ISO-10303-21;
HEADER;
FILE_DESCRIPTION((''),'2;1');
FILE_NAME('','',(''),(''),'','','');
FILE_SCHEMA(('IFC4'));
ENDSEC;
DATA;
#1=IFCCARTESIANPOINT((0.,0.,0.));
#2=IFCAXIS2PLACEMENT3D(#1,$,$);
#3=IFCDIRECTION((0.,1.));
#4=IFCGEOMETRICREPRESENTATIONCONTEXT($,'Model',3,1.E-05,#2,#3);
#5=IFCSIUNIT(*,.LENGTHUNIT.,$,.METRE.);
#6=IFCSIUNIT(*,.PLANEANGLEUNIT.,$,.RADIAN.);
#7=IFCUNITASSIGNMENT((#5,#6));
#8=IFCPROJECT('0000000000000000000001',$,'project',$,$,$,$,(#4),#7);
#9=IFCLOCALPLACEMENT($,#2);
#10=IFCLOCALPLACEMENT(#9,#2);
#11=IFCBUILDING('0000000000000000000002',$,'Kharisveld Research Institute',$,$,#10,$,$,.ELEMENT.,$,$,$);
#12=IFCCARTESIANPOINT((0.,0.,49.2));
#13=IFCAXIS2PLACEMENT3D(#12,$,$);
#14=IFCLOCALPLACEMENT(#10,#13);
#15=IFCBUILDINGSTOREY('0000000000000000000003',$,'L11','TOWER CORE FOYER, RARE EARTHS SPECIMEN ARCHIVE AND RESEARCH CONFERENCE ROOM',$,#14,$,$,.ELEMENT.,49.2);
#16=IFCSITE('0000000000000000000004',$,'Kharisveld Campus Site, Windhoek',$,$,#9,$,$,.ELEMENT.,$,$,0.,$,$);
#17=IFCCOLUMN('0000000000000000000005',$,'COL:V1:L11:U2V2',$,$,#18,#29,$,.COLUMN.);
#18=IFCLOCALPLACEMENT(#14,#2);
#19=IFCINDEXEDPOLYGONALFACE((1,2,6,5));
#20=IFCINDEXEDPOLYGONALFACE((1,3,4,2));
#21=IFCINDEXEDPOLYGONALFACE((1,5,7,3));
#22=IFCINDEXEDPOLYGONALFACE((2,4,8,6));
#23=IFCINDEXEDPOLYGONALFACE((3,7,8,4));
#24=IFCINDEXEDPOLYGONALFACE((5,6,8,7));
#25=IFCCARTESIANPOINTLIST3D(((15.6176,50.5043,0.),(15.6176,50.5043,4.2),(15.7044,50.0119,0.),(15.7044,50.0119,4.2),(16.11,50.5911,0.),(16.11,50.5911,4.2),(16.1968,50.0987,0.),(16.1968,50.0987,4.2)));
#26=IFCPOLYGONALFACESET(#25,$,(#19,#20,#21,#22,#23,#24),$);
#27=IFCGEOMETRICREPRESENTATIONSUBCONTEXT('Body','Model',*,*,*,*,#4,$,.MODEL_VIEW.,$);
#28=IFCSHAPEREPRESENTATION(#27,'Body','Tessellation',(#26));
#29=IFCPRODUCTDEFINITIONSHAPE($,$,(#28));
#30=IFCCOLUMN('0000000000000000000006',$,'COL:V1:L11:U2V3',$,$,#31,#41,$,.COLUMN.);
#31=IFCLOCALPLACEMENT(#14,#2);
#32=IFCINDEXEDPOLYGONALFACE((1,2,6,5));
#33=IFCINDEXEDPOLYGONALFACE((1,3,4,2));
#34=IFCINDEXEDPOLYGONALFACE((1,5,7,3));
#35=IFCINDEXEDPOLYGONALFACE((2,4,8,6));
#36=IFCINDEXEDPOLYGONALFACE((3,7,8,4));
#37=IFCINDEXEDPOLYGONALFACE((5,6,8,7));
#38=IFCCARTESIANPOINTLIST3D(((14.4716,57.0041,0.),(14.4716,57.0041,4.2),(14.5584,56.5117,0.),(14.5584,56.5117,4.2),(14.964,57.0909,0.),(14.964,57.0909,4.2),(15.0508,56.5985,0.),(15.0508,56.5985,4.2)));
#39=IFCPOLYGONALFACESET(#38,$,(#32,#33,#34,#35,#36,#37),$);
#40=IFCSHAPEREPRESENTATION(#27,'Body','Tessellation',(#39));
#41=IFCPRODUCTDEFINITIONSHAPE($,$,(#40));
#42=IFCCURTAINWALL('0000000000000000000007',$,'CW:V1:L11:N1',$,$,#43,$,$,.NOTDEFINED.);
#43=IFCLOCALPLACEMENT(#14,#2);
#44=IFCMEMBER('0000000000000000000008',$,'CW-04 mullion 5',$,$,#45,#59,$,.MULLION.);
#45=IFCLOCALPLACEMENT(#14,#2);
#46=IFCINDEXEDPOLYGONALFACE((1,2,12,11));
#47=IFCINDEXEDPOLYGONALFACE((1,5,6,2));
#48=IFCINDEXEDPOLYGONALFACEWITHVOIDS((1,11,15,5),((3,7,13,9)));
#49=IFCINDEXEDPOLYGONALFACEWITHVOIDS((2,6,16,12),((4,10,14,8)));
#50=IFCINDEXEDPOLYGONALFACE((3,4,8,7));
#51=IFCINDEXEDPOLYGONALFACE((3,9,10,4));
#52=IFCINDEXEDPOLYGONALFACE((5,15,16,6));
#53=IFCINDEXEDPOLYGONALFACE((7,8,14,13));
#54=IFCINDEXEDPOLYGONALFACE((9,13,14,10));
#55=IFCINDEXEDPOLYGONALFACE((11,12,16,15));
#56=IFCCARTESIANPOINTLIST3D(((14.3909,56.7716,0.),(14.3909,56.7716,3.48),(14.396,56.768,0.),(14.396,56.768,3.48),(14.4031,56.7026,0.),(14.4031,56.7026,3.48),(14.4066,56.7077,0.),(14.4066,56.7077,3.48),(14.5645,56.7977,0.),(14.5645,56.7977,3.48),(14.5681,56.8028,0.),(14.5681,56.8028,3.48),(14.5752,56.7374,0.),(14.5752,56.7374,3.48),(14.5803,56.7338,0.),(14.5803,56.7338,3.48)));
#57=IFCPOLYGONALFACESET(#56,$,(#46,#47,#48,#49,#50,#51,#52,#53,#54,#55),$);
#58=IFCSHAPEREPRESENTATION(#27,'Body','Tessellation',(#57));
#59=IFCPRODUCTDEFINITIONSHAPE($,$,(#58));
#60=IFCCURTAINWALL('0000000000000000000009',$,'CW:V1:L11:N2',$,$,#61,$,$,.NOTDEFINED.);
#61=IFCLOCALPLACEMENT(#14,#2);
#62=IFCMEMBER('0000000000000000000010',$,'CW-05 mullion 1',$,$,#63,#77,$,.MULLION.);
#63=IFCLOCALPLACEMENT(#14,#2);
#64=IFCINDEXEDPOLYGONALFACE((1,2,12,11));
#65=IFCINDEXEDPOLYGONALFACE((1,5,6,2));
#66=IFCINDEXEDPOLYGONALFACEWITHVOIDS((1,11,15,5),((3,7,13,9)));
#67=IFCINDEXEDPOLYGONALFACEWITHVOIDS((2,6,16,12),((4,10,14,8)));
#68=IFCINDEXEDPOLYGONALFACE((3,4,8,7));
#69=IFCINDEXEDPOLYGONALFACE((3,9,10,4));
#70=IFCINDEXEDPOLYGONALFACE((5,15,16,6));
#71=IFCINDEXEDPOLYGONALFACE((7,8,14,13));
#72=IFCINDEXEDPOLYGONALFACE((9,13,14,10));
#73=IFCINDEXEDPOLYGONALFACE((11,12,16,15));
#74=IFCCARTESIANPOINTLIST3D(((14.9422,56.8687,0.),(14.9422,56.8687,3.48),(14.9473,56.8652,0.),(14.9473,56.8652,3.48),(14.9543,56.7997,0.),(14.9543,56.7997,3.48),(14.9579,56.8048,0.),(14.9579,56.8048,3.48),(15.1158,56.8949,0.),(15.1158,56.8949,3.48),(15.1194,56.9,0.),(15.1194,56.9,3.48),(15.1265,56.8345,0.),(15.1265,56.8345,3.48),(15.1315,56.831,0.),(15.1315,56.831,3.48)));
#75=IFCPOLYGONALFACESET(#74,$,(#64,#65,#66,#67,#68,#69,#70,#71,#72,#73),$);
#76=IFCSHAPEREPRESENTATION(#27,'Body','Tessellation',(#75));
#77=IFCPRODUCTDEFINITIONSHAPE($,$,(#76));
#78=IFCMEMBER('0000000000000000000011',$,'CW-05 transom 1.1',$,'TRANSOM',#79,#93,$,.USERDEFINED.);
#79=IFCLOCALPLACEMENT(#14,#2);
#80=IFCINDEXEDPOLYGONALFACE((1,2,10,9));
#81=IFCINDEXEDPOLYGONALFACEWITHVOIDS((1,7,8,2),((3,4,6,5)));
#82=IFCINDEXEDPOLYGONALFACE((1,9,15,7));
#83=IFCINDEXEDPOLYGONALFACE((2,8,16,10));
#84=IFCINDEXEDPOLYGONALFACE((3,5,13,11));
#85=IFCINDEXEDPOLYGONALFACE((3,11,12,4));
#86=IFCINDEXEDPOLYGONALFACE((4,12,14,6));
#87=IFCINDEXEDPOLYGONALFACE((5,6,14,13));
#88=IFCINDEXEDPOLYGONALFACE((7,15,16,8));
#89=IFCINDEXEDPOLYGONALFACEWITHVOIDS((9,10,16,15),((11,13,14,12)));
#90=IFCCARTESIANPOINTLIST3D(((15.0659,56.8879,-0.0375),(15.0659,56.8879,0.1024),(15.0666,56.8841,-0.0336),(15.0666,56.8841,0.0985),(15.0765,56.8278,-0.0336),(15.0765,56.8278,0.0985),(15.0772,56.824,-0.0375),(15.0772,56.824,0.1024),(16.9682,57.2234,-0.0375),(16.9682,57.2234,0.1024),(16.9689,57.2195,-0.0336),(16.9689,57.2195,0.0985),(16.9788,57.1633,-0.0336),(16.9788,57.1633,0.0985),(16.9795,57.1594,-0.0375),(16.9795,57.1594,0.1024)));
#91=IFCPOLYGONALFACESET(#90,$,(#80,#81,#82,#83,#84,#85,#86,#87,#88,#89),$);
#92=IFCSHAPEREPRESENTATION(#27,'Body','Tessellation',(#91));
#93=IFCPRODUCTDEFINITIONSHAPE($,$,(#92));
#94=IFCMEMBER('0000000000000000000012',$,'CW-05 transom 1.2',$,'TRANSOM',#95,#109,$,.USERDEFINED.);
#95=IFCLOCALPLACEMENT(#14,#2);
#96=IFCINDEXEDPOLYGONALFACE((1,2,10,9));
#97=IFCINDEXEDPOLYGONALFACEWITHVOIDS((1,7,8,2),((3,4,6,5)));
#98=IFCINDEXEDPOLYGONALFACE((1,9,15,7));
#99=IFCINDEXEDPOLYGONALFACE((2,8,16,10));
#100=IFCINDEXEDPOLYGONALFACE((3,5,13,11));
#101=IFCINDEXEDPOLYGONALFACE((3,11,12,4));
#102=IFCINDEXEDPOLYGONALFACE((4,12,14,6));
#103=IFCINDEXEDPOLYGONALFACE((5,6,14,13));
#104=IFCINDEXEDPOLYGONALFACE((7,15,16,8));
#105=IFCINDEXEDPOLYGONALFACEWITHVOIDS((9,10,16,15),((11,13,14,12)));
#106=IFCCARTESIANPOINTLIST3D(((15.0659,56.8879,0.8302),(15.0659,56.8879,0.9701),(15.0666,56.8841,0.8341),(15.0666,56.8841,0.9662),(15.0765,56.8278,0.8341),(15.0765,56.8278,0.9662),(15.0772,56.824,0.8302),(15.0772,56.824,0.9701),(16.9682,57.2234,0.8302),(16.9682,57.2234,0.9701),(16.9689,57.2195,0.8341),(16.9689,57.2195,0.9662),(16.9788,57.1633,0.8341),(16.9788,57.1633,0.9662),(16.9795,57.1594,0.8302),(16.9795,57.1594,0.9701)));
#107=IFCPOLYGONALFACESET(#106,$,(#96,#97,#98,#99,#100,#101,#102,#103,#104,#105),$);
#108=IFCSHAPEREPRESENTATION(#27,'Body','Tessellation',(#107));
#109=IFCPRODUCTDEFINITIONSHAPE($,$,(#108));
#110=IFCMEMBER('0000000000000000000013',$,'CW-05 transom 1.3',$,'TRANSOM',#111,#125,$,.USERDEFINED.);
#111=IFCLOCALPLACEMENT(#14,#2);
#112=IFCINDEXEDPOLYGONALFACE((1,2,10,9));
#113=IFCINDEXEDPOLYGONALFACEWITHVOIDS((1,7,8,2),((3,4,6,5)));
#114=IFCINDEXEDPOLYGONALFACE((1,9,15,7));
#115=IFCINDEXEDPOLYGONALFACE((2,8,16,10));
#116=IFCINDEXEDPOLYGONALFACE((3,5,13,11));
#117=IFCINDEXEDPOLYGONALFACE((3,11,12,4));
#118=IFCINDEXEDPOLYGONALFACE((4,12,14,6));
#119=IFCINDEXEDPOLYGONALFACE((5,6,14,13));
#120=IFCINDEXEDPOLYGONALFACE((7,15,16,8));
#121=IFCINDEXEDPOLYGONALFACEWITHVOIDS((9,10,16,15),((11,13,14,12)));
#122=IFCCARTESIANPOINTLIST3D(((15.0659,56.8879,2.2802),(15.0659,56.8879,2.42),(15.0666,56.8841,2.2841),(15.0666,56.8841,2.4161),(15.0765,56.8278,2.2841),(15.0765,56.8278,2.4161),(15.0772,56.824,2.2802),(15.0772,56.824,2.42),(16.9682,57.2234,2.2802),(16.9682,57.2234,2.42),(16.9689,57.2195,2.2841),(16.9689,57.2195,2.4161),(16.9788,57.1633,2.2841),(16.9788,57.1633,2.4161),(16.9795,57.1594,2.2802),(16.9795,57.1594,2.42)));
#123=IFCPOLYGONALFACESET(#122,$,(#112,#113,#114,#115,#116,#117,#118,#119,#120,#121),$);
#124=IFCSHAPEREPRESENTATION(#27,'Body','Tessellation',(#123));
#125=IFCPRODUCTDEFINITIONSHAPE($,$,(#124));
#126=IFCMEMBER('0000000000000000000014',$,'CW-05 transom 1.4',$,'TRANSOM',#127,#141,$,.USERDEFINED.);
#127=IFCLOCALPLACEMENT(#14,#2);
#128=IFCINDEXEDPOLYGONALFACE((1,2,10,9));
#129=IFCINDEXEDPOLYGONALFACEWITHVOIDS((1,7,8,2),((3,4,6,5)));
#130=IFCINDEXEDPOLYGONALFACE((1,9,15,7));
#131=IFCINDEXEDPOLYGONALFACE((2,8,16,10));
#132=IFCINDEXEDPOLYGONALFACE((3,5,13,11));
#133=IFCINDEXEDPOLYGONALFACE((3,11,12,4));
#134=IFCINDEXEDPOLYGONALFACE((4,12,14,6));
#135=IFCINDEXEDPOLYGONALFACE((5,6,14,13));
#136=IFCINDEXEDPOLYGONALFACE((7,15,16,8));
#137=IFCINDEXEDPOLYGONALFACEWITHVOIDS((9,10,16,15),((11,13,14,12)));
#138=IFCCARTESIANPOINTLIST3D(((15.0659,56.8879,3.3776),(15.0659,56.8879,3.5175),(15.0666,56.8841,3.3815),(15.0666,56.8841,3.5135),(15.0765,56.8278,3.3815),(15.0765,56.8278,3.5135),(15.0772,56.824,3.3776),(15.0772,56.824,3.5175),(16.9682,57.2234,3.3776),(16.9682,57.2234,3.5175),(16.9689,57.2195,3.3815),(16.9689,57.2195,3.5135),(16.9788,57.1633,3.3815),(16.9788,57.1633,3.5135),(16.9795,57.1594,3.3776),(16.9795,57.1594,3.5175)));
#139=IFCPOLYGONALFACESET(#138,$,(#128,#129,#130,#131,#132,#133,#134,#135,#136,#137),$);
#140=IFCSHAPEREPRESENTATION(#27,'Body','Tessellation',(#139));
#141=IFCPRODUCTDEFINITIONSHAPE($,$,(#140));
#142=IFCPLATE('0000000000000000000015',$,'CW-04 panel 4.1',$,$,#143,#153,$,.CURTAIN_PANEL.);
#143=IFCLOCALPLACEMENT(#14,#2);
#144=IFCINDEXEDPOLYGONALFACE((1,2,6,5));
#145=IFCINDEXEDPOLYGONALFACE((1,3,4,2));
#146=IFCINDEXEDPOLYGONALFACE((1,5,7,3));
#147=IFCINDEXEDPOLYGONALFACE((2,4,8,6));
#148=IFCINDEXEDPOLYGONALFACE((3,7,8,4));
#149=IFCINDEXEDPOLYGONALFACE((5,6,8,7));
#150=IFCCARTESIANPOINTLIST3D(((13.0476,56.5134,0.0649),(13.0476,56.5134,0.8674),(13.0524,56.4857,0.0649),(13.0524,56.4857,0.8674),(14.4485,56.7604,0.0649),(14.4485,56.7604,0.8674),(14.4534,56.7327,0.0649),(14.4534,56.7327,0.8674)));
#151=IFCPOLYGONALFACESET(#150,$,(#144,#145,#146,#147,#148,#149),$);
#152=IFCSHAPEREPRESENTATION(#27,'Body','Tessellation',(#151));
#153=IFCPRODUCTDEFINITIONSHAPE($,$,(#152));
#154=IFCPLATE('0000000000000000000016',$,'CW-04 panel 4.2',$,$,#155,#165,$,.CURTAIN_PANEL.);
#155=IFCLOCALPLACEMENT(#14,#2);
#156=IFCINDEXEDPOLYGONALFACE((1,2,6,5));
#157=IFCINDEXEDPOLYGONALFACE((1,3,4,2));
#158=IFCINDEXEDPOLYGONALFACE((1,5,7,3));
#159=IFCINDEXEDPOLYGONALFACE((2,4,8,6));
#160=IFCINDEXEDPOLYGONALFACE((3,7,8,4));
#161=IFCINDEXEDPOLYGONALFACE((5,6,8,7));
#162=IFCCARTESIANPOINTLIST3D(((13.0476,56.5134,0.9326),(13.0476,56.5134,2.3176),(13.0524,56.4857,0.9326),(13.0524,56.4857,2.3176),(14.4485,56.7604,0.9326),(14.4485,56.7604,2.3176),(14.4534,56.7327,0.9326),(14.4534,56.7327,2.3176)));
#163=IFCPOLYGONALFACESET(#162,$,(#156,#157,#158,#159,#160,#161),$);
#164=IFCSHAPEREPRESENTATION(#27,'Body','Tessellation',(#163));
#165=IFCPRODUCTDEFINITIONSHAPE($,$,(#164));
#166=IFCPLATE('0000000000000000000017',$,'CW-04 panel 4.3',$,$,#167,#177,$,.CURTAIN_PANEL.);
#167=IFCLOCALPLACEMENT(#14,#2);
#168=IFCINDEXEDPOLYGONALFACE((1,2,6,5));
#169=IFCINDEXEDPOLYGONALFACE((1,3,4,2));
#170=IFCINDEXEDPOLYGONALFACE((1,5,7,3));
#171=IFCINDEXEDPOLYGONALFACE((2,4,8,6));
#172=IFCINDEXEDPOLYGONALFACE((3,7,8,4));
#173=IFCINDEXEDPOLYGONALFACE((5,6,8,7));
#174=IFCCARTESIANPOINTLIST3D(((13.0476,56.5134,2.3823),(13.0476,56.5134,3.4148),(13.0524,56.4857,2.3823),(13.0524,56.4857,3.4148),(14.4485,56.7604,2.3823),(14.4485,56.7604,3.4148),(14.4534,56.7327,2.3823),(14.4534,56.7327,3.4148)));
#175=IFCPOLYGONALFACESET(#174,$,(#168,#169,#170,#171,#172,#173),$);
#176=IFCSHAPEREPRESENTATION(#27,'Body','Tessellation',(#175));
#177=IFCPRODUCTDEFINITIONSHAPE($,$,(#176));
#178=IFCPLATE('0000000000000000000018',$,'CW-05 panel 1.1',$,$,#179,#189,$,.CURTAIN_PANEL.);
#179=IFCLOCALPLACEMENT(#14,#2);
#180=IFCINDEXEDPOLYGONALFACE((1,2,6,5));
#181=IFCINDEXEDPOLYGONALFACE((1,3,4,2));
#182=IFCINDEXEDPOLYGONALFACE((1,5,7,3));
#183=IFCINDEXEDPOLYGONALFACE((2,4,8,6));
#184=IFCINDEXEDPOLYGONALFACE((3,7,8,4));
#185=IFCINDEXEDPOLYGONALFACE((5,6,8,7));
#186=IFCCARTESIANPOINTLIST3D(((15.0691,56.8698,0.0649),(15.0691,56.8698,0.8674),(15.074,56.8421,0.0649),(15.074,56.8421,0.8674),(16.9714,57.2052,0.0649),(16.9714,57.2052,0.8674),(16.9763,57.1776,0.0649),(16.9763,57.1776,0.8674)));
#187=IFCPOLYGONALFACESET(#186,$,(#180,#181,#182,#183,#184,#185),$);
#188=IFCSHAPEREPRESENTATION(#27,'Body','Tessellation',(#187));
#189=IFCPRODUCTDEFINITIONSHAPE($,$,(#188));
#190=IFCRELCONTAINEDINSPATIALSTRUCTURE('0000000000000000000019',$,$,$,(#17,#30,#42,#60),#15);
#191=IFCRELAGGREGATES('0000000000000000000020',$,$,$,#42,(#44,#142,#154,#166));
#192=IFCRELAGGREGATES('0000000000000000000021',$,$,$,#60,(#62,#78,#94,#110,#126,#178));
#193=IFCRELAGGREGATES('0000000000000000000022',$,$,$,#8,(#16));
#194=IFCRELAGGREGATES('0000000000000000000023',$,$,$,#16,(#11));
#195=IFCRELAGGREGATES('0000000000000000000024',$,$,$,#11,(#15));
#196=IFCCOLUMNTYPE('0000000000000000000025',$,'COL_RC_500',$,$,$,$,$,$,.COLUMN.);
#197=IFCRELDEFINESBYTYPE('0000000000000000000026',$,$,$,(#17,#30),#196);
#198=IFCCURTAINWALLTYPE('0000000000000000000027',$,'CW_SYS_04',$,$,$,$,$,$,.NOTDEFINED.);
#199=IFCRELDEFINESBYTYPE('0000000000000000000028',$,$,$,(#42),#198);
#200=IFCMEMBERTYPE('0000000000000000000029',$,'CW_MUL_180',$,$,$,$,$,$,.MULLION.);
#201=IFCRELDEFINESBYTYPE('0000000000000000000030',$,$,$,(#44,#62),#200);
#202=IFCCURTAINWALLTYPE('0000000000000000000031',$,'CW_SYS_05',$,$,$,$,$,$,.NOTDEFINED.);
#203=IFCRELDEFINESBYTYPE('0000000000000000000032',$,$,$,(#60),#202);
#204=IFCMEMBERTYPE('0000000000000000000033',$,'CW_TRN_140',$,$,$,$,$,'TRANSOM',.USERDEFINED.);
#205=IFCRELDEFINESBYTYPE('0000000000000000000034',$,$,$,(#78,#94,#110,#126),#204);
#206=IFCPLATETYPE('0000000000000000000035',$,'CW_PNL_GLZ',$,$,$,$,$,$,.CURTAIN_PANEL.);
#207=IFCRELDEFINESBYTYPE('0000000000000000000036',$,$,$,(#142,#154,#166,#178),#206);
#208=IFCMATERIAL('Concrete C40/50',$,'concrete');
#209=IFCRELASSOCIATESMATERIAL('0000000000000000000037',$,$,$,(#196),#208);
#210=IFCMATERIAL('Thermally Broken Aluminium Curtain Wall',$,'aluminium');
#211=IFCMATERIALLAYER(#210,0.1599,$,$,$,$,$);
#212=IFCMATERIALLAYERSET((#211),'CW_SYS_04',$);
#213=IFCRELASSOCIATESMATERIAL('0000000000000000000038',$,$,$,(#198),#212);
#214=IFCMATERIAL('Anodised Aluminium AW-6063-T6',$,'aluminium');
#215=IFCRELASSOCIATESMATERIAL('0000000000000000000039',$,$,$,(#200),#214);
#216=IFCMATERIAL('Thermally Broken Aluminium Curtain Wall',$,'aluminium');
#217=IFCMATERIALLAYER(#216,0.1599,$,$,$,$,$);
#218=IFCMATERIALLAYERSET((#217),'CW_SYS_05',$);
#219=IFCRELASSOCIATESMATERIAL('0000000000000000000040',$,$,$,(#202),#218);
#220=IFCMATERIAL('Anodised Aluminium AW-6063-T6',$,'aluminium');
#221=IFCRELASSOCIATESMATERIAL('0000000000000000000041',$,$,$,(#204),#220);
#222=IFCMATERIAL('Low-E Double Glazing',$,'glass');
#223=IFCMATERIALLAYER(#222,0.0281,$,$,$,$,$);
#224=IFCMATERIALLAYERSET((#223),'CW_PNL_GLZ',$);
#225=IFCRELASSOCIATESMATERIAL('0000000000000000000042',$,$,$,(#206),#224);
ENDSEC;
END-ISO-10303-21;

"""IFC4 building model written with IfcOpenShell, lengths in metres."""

from ifc_helpers import new_model, si_unit, direction, frame, origin, origin_2d, place, context, subcontext, project, spatial, rectangle, hollow_rectangle, extrude, material, layer, layer_set, material_profile, profile_set, type_object, element, aggregate, save


model = new_model("IFC4")

# Units and contexts
model_context = context("Model", 3, precision=1e-05, world=origin(), true_north=direction((0.0, 1.0)))
body_context = subcontext(model_context, "Body", "Model", "MODEL_VIEW")
ifc_project = project(units=[si_unit("LENGTHUNIT", "METRE"), si_unit("PLANEANGLEUNIT", "RADIAN")], contexts=[model_context])

# Site, building, storey
site_placement = place(None, origin())
site = spatial("IfcSite", under=ifc_project, at=site_placement, Name="Kharisveld Campus Site, Windhoek", CompositionType="ELEMENT", RefElevation=0.0)
building_placement = place(site_placement, origin())
building = spatial("IfcBuilding", under=site, at=building_placement, Name="Kharisveld Research Institute", CompositionType="ELEMENT")
storey_placement = place(building_placement, frame((0.0, 0.0, 49.2)))
storey = spatial("IfcBuildingStorey", under=building, at=storey_placement, Name="L11", Description="TOWER CORE FOYER, RARE EARTHS SPECIMEN ARCHIVE AND RESEARCH CONFERENCE ROOM", CompositionType="ELEMENT", Elevation=49.2)

# Columns
ifc_material_1 = material(Name="Concrete C40/50", Category="concrete")
ifc_material_profile_1 = material_profile(ifc_material_1, rectangle(XDim=0.5, YDim=0.5, at=origin_2d()))
ifc_profile_set_1 = profile_set([ifc_material_profile_1], Name="Concrete C40/50")
column_type = type_object("IfcColumnType", Name="COL_RC_500", PredefinedType="COLUMN", material=ifc_profile_set_1)
for number, where, z_axis, x_axis, name in (
    (1, (15.9072, 50.3015, 0.0), (0.0, 0.0, 1.0), (0.984808, 0.173648, 0.0), "COL:V1:L11:U2V2"),
    (2, (14.7612, 56.8013, 0.0), (0.0, 0.0, 1.0), (0.984808, 0.173648, 0.0), "COL:V1:L11:U2V3"),
):
    element("IfcColumn", number, at=place(storey_placement, frame(where, z_axis=z_axis, x_axis=x_axis)), inside=storey, type_object=column_type, Name=name, PredefinedType="COLUMN", context=body_context, shape_type="SweptSolid", body=[
        extrude(rectangle(XDim=0.5, YDim=0.5, at=origin_2d()), origin(), (0.0, 0.0, 1.0), 4.2),
    ])

# Curtain wall, member
ifc_material_2 = material(Name="Thermally Broken Aluminium Curtain Wall", Category="aluminium")
ifc_layer_1 = layer(ifc_material_2, 0.1599)
ifc_layer_set_1 = layer_set([ifc_layer_1], Name="CW_SYS_04")
curtain_wall_type_1 = type_object("IfcCurtainWallType", Name="CW_SYS_04", PredefinedType="NOTDEFINED", material=ifc_layer_set_1)
curtain_wall_1_placement = place(storey_placement, origin())
curtain_wall_1 = element("IfcCurtainWall", 3, at=curtain_wall_1_placement, inside=storey, type_object=curtain_wall_type_1, Name="CW:V1:L11:N1", PredefinedType="NOTDEFINED")
ifc_material_3 = material(Name="Anodised Aluminium AW-6063-T6", Category="aluminium")
ifc_material_profile_2 = material_profile(ifc_material_3, hollow_rectangle(XDim=0.0701, YDim=0.1799, WallThickness=0.0044, at=origin_2d()))
ifc_profile_set_2 = profile_set([ifc_material_profile_2], Name="Anodised Aluminium AW-6063-T6")
member_type_1 = type_object("IfcMemberType", Name="CW_MUL_180", PredefinedType="MULLION", material=ifc_profile_set_2)
member_1_placement = place(storey_placement, frame((14.4856, 56.7527, 0.0), z_axis=(0.0, 0.0, 1.0), x_axis=(-0.173648, 0.984808, 0.0)))
member_1 = element("IfcMember", 4, at=member_1_placement, type_object=member_type_1, Name="CW-04 mullion 5", PredefinedType="MULLION", context=body_context, shape_type="SweptSolid", body=[
    extrude(hollow_rectangle(XDim=0.0701, YDim=0.1799, WallThickness=0.0044, at=origin_2d()), origin(), (0.0, 0.0, 1.0), 3.48),
])

# Curtain wall, members
ifc_material_4 = material(Name="Thermally Broken Aluminium Curtain Wall", Category="aluminium")
ifc_layer_2 = layer(ifc_material_4, 0.1599)
ifc_layer_set_2 = layer_set([ifc_layer_2], Name="CW_SYS_05")
curtain_wall_type_2 = type_object("IfcCurtainWallType", Name="CW_SYS_05", PredefinedType="NOTDEFINED", material=ifc_layer_set_2)
curtain_wall_2_placement = place(storey_placement, origin())
curtain_wall_2 = element("IfcCurtainWall", 5, at=curtain_wall_2_placement, inside=storey, type_object=curtain_wall_type_2, Name="CW:V1:L11:N2", PredefinedType="NOTDEFINED")
member_2_placement = place(storey_placement, frame((15.0369, 56.8499, 0.0), z_axis=(0.0, 0.0, 1.0), x_axis=(-0.173648, 0.984808, 0.0)))
member_2 = element("IfcMember", 6, at=member_2_placement, type_object=member_type_1, Name="CW-05 mullion 1", PredefinedType="MULLION", context=body_context, shape_type="SweptSolid", body=[
    extrude(hollow_rectangle(XDim=0.0701, YDim=0.1799, WallThickness=0.0044, at=origin_2d()), origin(), (0.0, 0.0, 1.0), 3.48),
])
ifc_material_5 = material(Name="Anodised Aluminium AW-6063-T6", Category="aluminium")
ifc_material_profile_3 = material_profile(ifc_material_5, hollow_rectangle(XDim=0.0649, YDim=0.1399, WallThickness=0.0039, at=origin_2d()))
ifc_profile_set_3 = profile_set([ifc_material_profile_3], Name="Anodised Aluminium AW-6063-T6")
member_type_2 = type_object("IfcMemberType", Name="CW_TRN_140", ElementType="TRANSOM", PredefinedType="USERDEFINED", material=ifc_profile_set_3)
member_3_placement = place(storey_placement, frame((15.0715, 56.856, 0.0325), z_axis=(0.984806, 0.173656, 0.0), x_axis=(-0.173656, 0.984806, 0.0)))
member_3 = element("IfcMember", 7, at=member_3_placement, type_object=member_type_2, Name="CW-05 transom 1.1", ObjectType="TRANSOM", PredefinedType="USERDEFINED", context=body_context, shape_type="SweptSolid", body=[
    extrude(hollow_rectangle(XDim=0.0649, YDim=0.1399, WallThickness=0.0039, at=origin_2d()), origin(), (0.0, 0.0, 1.0), 1.9316),
])
member_4_placement = place(storey_placement, frame((15.0715, 56.856, 0.9001), z_axis=(0.984806, 0.173656, 0.0), x_axis=(-0.173656, 0.984806, 0.0)))
member_4 = element("IfcMember", 8, at=member_4_placement, type_object=member_type_2, Name="CW-05 transom 1.2", ObjectType="TRANSOM", PredefinedType="USERDEFINED", context=body_context, shape_type="SweptSolid", body=[
    extrude(hollow_rectangle(XDim=0.0649, YDim=0.1399, WallThickness=0.0039, at=origin_2d()), origin(), (0.0, 0.0, 1.0), 1.9316),
])
member_5_placement = place(storey_placement, frame((15.0715, 56.856, 2.3501), z_axis=(0.984806, 0.173656, 0.0), x_axis=(-0.173656, 0.984806, 0.0)))
member_5 = element("IfcMember", 9, at=member_5_placement, type_object=member_type_2, Name="CW-05 transom 1.3", ObjectType="TRANSOM", PredefinedType="USERDEFINED", context=body_context, shape_type="SweptSolid", body=[
    extrude(hollow_rectangle(XDim=0.0649, YDim=0.1399, WallThickness=0.0039, at=origin_2d()), origin(), (0.0, 0.0, 1.0), 1.9316),
])
member_6_placement = place(storey_placement, frame((15.0715, 56.856, 3.4475), z_axis=(0.984806, 0.173656, 0.0), x_axis=(-0.173656, 0.984806, 0.0)))
member_6 = element("IfcMember", 10, at=member_6_placement, type_object=member_type_2, Name="CW-05 transom 1.4", ObjectType="TRANSOM", PredefinedType="USERDEFINED", context=body_context, shape_type="SweptSolid", body=[
    extrude(hollow_rectangle(XDim=0.0649, YDim=0.1399, WallThickness=0.0039, at=origin_2d()), origin(), (0.0, 0.0, 1.0), 1.9316),
])

# Plates
ifc_material_6 = material(Name="Low-E Double Glazing", Category="glass")
ifc_layer_3 = layer(ifc_material_6, 0.0281)
ifc_layer_set_3 = layer_set([ifc_layer_3], Name="CW_PNL_GLZ")
plate_type = type_object("IfcPlateType", Name="CW_PNL_GLZ", PredefinedType="CURTAIN_PANEL", material=ifc_layer_set_3)
plate_1_placement = place(storey_placement, frame((13.7505, 56.623, 0.0649), z_axis=(0.0, 0.0, 1.0), x_axis=(0.984808, 0.173648, 0.0)))
plate_1 = element("IfcPlate", 11, at=plate_1_placement, type_object=plate_type, Name="CW-04 panel 4.1", PredefinedType="CURTAIN_PANEL", context=body_context, shape_type="SweptSolid", body=[
    extrude(rectangle(XDim=1.4226, YDim=0.0281, at=origin_2d()), origin(), (0.0, 0.0, 1.0), 0.8025),
])
plate_2_placement = place(storey_placement, frame((13.7505, 56.623, 0.9326), z_axis=(0.0, 0.0, 1.0), x_axis=(0.984808, 0.173648, 0.0)))
plate_2 = element("IfcPlate", 12, at=plate_2_placement, type_object=plate_type, Name="CW-04 panel 4.2", PredefinedType="CURTAIN_PANEL", context=body_context, shape_type="SweptSolid", body=[
    extrude(rectangle(XDim=1.4226, YDim=0.0281, at=origin_2d()), origin(), (0.0, 0.0, 1.0), 1.385),
])
plate_3_placement = place(storey_placement, frame((13.7505, 56.623, 2.3823), z_axis=(0.0, 0.0, 1.0), x_axis=(0.984808, 0.173648, 0.0)))
plate_3 = element("IfcPlate", 13, at=plate_3_placement, type_object=plate_type, Name="CW-04 panel 4.3", PredefinedType="CURTAIN_PANEL", context=body_context, shape_type="SweptSolid", body=[
    extrude(rectangle(XDim=1.4226, YDim=0.0281, at=origin_2d()), origin(), (0.0, 0.0, 1.0), 1.0325),
])
aggregate(curtain_wall_1, [member_1, plate_1, plate_2, plate_3])
plate_4_placement = place(storey_placement, frame((16.0227, 57.0237, 0.0649), z_axis=(0.0, 0.0, 1.0), x_axis=(0.984808, 0.173648, 0.0)))
plate_4 = element("IfcPlate", 14, at=plate_4_placement, type_object=plate_type, Name="CW-05 panel 1.1", PredefinedType="CURTAIN_PANEL", context=body_context, shape_type="SweptSolid", body=[
    extrude(rectangle(XDim=1.9316, YDim=0.0281, at=origin_2d()), origin(), (0.0, 0.0, 1.0), 0.8025),
])
aggregate(curtain_wall_2, [member_2, member_3, member_4, member_5, member_6, plate_4])

save(model, "model.ifc")
